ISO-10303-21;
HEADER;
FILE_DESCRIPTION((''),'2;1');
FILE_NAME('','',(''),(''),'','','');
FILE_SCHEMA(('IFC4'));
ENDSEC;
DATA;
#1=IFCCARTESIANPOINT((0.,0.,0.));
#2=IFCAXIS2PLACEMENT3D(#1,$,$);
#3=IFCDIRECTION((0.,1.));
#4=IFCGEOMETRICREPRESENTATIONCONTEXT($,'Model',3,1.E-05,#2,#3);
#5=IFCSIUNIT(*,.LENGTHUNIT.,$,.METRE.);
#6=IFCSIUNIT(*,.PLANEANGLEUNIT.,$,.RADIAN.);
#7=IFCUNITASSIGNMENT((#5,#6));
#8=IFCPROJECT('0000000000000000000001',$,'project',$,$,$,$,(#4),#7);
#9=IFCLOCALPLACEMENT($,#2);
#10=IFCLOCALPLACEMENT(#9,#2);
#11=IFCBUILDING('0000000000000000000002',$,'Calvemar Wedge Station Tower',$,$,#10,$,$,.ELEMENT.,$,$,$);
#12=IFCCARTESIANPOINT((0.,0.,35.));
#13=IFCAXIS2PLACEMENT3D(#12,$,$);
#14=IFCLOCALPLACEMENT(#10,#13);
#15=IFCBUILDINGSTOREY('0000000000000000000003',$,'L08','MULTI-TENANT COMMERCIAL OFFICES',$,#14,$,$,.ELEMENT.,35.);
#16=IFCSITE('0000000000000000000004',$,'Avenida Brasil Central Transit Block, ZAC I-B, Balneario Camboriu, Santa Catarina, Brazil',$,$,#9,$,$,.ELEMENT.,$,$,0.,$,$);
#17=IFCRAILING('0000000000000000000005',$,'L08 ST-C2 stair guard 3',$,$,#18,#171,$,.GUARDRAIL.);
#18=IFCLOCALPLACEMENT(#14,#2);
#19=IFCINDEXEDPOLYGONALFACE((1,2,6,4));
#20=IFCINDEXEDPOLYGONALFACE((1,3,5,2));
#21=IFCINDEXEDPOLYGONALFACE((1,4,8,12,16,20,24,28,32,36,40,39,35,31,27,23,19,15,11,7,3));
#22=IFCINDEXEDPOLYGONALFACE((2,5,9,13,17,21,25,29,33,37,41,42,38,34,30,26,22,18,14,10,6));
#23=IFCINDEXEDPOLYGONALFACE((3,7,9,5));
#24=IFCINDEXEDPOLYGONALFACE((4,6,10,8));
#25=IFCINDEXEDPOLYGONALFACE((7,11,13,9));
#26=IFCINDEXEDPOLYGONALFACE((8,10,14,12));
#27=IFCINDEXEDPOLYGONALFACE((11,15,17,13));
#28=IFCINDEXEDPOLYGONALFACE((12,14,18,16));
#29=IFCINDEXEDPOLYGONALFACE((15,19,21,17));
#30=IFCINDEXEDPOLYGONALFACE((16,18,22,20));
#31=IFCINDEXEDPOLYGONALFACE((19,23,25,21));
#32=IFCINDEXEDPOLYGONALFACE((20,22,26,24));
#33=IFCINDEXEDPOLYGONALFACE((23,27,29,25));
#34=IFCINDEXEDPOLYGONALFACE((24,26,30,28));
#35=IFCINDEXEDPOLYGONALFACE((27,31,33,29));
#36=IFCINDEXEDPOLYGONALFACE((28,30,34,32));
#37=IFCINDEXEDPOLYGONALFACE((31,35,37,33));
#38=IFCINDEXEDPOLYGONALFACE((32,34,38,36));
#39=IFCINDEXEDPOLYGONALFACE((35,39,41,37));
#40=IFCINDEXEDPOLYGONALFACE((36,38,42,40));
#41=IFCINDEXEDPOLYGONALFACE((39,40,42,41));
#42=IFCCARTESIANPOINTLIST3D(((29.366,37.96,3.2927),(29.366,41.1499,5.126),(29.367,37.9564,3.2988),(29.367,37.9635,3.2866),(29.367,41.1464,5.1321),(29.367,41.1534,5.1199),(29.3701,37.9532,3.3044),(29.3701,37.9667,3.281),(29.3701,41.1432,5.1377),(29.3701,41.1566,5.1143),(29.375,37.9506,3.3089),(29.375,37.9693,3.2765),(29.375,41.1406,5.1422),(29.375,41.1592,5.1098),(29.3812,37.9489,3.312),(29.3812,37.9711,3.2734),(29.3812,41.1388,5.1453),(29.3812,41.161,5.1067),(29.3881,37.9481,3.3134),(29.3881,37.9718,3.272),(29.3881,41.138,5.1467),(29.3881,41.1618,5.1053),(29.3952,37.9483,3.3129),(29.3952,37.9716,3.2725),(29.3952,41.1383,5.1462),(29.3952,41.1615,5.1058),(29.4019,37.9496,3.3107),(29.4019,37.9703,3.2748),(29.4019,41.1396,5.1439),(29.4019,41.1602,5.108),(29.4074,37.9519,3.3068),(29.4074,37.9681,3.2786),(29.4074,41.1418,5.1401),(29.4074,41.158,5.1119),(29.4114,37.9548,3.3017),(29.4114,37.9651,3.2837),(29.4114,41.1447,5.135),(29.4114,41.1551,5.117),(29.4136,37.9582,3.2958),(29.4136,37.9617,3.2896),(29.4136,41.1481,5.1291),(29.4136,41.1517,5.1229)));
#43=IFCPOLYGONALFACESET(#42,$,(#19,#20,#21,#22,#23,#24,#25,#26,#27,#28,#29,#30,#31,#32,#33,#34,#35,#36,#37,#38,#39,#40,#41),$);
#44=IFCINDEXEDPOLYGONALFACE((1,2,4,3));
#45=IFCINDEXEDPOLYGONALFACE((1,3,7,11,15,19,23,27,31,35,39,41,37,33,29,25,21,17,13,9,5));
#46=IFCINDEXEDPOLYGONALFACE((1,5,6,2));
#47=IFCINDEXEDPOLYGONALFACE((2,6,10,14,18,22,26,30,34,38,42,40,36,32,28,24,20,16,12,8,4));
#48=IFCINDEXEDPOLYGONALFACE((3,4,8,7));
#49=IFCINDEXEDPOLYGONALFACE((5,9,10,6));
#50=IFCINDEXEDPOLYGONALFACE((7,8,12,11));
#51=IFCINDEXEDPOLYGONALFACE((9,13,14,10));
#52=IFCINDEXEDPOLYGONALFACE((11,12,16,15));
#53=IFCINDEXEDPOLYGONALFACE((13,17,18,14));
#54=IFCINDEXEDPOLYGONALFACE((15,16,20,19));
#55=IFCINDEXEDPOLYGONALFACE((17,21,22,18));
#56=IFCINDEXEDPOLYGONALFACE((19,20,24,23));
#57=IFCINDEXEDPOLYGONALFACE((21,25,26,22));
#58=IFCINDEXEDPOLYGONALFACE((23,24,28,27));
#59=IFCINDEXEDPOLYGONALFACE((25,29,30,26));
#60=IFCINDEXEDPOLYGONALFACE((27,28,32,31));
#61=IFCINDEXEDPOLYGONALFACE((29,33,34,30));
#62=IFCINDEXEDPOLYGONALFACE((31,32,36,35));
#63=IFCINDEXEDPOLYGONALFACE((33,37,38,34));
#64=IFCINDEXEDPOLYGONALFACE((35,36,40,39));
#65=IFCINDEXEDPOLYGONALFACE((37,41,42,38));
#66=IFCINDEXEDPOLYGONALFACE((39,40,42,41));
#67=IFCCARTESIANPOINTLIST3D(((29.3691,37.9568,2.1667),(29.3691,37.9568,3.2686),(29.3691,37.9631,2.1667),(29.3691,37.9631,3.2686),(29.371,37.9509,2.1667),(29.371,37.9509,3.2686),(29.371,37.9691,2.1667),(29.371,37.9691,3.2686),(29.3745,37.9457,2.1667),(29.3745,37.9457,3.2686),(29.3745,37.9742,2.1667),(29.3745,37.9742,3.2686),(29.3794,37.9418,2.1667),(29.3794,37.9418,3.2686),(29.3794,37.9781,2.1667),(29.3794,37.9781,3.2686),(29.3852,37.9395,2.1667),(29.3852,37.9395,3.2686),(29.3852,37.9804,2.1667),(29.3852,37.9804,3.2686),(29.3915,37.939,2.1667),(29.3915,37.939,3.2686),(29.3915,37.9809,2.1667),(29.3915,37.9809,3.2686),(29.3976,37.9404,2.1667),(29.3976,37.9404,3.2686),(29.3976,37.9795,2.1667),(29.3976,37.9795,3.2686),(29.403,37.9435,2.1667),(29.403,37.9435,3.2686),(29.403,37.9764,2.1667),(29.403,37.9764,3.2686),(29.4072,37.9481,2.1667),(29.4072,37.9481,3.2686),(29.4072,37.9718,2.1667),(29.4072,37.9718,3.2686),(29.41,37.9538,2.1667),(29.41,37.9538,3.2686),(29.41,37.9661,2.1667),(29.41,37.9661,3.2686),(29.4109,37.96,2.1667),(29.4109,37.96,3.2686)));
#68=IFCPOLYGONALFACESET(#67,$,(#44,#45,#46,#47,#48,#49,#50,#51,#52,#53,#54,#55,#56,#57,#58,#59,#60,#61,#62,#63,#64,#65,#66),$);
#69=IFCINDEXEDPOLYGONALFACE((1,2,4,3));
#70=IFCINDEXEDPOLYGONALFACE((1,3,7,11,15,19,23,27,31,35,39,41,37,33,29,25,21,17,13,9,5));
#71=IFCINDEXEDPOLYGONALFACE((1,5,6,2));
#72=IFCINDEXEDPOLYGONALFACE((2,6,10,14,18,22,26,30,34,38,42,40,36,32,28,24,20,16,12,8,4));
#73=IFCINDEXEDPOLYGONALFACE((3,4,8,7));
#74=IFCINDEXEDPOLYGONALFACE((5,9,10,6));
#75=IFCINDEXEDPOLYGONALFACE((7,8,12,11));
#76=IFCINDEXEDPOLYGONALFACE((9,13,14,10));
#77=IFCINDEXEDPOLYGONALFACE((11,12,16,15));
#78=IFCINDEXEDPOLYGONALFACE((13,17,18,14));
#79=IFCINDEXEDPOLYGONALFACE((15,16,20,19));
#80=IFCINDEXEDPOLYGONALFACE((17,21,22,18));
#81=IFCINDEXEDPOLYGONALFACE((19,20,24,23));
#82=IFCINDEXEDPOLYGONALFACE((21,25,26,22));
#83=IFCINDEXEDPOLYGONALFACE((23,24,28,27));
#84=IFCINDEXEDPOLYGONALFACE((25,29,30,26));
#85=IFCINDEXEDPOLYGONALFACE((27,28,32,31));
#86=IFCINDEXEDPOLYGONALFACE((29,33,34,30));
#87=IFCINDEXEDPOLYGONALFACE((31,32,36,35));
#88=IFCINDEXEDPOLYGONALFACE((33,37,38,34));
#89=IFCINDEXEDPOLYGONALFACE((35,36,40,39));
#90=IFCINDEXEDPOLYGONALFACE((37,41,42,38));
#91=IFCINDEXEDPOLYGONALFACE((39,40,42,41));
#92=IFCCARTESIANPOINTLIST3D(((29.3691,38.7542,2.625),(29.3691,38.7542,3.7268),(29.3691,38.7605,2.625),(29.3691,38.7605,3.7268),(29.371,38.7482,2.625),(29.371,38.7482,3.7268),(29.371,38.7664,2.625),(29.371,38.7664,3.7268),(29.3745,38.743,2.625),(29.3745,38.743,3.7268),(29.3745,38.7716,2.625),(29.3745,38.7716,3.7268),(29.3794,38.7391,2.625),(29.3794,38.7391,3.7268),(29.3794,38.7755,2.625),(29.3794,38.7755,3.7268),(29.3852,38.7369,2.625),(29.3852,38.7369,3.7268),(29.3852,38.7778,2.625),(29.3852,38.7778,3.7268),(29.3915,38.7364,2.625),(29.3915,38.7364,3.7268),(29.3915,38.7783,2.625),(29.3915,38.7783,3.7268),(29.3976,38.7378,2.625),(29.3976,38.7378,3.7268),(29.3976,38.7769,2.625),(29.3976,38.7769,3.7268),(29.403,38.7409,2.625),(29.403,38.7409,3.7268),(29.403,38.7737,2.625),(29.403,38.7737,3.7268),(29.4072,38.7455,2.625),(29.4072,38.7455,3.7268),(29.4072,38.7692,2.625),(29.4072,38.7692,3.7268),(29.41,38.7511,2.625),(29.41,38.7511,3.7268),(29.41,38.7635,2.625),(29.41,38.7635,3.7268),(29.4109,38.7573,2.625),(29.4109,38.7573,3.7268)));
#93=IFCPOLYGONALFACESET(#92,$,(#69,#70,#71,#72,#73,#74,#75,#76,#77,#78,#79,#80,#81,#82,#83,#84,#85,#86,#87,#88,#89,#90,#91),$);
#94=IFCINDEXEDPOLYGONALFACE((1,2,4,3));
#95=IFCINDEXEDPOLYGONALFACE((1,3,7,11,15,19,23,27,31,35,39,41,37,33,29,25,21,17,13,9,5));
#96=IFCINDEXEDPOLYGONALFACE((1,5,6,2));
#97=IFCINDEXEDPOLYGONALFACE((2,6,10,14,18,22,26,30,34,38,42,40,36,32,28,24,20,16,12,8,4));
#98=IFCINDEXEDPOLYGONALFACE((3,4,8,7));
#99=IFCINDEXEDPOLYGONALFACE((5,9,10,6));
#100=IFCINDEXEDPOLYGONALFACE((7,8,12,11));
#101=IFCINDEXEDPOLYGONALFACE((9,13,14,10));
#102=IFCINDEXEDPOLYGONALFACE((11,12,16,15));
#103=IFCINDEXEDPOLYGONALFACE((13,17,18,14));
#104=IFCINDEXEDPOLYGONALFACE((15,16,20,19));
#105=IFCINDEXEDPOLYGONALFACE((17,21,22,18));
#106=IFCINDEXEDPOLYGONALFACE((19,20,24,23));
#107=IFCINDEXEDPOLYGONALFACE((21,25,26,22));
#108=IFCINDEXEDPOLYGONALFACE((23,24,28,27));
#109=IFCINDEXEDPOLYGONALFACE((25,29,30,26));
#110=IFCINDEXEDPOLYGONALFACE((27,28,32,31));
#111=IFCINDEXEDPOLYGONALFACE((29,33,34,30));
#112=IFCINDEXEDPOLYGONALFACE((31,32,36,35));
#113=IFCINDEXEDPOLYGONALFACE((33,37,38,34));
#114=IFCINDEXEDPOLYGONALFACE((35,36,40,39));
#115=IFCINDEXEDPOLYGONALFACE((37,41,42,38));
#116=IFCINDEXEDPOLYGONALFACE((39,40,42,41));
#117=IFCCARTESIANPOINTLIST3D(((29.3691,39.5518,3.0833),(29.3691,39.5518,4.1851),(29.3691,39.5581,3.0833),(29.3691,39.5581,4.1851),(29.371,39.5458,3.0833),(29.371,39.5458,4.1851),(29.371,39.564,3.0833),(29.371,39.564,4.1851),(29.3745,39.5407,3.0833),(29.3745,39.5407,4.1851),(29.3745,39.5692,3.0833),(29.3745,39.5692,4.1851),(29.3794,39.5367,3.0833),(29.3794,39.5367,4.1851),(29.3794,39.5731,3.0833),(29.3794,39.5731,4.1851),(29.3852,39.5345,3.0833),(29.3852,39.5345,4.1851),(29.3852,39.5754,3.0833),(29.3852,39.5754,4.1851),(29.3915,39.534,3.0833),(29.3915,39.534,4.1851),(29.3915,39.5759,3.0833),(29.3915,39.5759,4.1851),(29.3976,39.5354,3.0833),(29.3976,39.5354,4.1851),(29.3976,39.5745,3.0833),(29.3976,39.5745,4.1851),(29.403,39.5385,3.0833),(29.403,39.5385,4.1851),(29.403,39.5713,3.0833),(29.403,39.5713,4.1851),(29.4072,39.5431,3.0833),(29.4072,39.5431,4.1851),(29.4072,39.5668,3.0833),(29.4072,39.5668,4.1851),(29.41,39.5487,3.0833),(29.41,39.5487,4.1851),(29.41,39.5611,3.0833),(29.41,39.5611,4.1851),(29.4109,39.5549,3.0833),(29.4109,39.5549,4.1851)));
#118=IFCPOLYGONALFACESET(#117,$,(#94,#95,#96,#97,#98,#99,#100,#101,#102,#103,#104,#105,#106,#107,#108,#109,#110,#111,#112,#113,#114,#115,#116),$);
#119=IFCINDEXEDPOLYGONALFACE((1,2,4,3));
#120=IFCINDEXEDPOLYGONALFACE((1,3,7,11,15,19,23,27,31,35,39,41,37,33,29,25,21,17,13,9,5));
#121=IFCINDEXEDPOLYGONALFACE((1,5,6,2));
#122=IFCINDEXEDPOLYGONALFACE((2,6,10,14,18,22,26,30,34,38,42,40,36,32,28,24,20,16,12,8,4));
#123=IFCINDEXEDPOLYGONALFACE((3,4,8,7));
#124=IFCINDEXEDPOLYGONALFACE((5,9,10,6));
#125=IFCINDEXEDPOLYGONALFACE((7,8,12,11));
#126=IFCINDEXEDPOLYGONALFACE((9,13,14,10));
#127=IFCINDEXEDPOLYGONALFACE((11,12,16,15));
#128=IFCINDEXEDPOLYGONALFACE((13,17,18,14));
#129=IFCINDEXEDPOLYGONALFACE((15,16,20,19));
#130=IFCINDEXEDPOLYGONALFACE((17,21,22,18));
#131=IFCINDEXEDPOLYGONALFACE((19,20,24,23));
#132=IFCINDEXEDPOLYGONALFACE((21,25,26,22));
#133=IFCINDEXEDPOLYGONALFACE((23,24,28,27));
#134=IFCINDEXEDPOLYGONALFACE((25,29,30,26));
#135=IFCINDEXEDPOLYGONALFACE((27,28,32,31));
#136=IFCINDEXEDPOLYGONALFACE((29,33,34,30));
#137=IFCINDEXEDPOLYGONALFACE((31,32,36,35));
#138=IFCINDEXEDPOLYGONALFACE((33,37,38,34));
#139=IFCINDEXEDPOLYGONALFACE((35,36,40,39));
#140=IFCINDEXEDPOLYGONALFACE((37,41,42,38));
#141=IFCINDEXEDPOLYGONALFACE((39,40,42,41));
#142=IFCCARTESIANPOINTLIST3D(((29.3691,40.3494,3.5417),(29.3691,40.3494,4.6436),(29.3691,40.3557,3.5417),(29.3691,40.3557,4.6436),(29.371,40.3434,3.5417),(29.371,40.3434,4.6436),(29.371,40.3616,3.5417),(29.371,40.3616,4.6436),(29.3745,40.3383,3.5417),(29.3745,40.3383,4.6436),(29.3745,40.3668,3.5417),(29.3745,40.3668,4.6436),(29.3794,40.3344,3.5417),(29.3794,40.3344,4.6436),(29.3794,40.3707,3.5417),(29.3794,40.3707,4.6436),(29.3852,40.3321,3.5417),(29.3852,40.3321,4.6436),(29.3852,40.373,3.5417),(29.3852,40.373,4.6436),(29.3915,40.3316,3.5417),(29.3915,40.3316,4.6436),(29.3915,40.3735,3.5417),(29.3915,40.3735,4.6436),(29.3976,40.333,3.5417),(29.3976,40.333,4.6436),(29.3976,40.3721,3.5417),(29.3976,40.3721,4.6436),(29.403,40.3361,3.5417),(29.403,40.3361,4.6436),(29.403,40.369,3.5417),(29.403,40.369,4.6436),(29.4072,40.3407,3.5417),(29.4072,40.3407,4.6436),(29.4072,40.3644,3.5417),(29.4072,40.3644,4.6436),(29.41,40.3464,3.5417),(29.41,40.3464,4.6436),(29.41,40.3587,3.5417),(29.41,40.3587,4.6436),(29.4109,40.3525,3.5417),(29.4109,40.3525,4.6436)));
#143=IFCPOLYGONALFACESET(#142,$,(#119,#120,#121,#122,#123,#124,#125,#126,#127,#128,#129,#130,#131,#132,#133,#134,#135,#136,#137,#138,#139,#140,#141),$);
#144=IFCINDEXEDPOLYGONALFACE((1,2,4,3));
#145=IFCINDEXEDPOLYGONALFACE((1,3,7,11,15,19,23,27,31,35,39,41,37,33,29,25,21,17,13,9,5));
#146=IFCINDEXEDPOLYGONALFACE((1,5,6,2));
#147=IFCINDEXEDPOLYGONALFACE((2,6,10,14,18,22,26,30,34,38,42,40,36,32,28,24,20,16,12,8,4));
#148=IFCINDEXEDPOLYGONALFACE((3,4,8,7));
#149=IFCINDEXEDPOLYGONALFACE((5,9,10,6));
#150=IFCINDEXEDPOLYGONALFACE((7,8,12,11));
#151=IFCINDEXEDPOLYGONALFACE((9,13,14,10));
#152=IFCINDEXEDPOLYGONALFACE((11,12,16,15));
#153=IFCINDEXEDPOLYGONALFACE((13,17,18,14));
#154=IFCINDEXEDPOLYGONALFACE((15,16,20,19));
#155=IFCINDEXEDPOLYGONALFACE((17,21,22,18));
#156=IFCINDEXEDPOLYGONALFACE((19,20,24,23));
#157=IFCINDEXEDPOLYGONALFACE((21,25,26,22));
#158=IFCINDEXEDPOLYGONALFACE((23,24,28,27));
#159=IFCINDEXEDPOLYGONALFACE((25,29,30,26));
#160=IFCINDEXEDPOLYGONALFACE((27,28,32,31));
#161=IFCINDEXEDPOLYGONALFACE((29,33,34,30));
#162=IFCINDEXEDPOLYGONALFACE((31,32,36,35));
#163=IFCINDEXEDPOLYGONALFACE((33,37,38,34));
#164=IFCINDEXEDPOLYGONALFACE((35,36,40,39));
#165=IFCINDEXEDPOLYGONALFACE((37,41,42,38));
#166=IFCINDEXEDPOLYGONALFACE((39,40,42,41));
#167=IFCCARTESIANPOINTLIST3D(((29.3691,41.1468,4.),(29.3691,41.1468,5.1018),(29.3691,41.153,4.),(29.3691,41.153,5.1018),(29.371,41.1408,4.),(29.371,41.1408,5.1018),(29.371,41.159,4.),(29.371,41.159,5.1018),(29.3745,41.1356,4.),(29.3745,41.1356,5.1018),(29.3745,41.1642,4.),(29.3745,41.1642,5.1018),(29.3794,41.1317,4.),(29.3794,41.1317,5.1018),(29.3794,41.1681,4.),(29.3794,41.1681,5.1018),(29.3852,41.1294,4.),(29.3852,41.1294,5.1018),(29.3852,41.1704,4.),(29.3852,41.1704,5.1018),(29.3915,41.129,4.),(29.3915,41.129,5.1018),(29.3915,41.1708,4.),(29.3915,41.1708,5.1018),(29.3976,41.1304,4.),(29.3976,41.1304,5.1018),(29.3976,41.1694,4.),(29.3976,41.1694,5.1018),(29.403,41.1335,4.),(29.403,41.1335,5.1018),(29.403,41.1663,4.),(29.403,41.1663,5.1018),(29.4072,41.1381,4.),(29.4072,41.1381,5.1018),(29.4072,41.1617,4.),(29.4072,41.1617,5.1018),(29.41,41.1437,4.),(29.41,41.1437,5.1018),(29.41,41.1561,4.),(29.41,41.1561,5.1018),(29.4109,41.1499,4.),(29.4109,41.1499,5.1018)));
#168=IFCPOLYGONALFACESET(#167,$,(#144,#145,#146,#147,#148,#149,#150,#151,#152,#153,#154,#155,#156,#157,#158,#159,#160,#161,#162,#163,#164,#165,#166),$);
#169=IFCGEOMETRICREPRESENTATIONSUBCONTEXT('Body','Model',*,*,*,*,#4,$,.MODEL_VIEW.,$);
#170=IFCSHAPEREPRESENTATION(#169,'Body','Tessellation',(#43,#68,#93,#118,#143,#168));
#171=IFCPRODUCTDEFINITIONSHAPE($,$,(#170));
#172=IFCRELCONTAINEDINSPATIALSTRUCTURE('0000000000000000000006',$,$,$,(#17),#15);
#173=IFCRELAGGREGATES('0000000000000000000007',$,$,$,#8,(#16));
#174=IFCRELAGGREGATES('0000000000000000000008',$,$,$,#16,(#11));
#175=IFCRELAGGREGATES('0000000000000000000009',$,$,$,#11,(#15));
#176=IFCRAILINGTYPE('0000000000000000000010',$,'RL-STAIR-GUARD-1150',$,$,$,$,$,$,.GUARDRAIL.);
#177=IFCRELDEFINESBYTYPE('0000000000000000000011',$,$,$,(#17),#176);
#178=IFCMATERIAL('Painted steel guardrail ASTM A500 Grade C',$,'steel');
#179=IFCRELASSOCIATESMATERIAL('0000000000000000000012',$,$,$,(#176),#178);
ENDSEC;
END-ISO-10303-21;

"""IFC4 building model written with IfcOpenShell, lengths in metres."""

from ifc_helpers import new_model, si_unit, direction, frame, origin, origin_2d, place, context, subcontext, project, spatial, circle, extrude, material, type_object, element, save


model = new_model("IFC4")

# Units and contexts
model_context = context("Model", 3, precision=1e-05, world=origin(), true_north=direction((0.0, 1.0)))
body_context = subcontext(model_context, "Body", "Model", "MODEL_VIEW")
ifc_project = project(units=[si_unit("LENGTHUNIT", "METRE"), si_unit("PLANEANGLEUNIT", "RADIAN")], contexts=[model_context])

# Site, building, storey
site_placement = place(None, origin())
site = spatial("IfcSite", under=ifc_project, at=site_placement, Name="Avenida Brasil Central Transit Block, ZAC I-B, Balneario Camboriu, Santa Catarina, Brazil", CompositionType="ELEMENT", RefElevation=0.0)
building_placement = place(site_placement, origin())
building = spatial("IfcBuilding", under=site, at=building_placement, Name="Calvemar Wedge Station Tower", CompositionType="ELEMENT")
storey_placement = place(building_placement, frame((0.0, 0.0, 35.0)))
storey = spatial("IfcBuildingStorey", under=building, at=storey_placement, Name="L08", Description="MULTI-TENANT COMMERCIAL OFFICES", CompositionType="ELEMENT", Elevation=35.0)

# Railing
ifc_material_1 = material(Name="Painted steel guardrail ASTM A500 Grade C", Category="steel")
railing_type_1 = type_object("IfcRailingType", Name="RL-STAIR-GUARD-1150", PredefinedType="GUARDRAIL", material=ifc_material_1)
railing_1_placement = place(storey_placement, frame((29.3899, 37.96, 2.1667)))
element("IfcRailing", 1, at=railing_1_placement, inside=storey, type_object=railing_type_1, Name="L08 ST-C2 stair guard 3", PredefinedType="GUARDRAIL", context=body_context, shape_type="SweptSolid", body=[
    extrude(circle(Radius=0.0239, at=origin_2d()), frame((0.0, 0.0, 1.126), z_axis=(0.0, 0.86702, 0.498274), x_axis=(-1.0, 0.0, 0.0)), (0.0, 0.0, 1.0), 3.6792),
    extrude(circle(Radius=0.021, at=origin_2d()), origin(), (0.0, 0.0, 1.0), 1.1018),
    extrude(circle(Radius=0.021, at=origin_2d()), frame((0.0, 0.7974, 0.4583)), (0.0, 0.0, 1.0), 1.1018),
    extrude(circle(Radius=0.021, at=origin_2d()), frame((0.0, 1.595, 0.9165)), (0.0, 0.0, 1.0), 1.1018),
    extrude(circle(Radius=0.021, at=origin_2d()), frame((0.0, 2.3926, 1.375)), (0.0, 0.0, 1.0), 1.1018),
    extrude(circle(Radius=0.021, at=origin_2d()), frame((0.0, 3.1899, 1.8333)), (0.0, 0.0, 1.0), 1.1018),
])

save(model, "model.ifc")
